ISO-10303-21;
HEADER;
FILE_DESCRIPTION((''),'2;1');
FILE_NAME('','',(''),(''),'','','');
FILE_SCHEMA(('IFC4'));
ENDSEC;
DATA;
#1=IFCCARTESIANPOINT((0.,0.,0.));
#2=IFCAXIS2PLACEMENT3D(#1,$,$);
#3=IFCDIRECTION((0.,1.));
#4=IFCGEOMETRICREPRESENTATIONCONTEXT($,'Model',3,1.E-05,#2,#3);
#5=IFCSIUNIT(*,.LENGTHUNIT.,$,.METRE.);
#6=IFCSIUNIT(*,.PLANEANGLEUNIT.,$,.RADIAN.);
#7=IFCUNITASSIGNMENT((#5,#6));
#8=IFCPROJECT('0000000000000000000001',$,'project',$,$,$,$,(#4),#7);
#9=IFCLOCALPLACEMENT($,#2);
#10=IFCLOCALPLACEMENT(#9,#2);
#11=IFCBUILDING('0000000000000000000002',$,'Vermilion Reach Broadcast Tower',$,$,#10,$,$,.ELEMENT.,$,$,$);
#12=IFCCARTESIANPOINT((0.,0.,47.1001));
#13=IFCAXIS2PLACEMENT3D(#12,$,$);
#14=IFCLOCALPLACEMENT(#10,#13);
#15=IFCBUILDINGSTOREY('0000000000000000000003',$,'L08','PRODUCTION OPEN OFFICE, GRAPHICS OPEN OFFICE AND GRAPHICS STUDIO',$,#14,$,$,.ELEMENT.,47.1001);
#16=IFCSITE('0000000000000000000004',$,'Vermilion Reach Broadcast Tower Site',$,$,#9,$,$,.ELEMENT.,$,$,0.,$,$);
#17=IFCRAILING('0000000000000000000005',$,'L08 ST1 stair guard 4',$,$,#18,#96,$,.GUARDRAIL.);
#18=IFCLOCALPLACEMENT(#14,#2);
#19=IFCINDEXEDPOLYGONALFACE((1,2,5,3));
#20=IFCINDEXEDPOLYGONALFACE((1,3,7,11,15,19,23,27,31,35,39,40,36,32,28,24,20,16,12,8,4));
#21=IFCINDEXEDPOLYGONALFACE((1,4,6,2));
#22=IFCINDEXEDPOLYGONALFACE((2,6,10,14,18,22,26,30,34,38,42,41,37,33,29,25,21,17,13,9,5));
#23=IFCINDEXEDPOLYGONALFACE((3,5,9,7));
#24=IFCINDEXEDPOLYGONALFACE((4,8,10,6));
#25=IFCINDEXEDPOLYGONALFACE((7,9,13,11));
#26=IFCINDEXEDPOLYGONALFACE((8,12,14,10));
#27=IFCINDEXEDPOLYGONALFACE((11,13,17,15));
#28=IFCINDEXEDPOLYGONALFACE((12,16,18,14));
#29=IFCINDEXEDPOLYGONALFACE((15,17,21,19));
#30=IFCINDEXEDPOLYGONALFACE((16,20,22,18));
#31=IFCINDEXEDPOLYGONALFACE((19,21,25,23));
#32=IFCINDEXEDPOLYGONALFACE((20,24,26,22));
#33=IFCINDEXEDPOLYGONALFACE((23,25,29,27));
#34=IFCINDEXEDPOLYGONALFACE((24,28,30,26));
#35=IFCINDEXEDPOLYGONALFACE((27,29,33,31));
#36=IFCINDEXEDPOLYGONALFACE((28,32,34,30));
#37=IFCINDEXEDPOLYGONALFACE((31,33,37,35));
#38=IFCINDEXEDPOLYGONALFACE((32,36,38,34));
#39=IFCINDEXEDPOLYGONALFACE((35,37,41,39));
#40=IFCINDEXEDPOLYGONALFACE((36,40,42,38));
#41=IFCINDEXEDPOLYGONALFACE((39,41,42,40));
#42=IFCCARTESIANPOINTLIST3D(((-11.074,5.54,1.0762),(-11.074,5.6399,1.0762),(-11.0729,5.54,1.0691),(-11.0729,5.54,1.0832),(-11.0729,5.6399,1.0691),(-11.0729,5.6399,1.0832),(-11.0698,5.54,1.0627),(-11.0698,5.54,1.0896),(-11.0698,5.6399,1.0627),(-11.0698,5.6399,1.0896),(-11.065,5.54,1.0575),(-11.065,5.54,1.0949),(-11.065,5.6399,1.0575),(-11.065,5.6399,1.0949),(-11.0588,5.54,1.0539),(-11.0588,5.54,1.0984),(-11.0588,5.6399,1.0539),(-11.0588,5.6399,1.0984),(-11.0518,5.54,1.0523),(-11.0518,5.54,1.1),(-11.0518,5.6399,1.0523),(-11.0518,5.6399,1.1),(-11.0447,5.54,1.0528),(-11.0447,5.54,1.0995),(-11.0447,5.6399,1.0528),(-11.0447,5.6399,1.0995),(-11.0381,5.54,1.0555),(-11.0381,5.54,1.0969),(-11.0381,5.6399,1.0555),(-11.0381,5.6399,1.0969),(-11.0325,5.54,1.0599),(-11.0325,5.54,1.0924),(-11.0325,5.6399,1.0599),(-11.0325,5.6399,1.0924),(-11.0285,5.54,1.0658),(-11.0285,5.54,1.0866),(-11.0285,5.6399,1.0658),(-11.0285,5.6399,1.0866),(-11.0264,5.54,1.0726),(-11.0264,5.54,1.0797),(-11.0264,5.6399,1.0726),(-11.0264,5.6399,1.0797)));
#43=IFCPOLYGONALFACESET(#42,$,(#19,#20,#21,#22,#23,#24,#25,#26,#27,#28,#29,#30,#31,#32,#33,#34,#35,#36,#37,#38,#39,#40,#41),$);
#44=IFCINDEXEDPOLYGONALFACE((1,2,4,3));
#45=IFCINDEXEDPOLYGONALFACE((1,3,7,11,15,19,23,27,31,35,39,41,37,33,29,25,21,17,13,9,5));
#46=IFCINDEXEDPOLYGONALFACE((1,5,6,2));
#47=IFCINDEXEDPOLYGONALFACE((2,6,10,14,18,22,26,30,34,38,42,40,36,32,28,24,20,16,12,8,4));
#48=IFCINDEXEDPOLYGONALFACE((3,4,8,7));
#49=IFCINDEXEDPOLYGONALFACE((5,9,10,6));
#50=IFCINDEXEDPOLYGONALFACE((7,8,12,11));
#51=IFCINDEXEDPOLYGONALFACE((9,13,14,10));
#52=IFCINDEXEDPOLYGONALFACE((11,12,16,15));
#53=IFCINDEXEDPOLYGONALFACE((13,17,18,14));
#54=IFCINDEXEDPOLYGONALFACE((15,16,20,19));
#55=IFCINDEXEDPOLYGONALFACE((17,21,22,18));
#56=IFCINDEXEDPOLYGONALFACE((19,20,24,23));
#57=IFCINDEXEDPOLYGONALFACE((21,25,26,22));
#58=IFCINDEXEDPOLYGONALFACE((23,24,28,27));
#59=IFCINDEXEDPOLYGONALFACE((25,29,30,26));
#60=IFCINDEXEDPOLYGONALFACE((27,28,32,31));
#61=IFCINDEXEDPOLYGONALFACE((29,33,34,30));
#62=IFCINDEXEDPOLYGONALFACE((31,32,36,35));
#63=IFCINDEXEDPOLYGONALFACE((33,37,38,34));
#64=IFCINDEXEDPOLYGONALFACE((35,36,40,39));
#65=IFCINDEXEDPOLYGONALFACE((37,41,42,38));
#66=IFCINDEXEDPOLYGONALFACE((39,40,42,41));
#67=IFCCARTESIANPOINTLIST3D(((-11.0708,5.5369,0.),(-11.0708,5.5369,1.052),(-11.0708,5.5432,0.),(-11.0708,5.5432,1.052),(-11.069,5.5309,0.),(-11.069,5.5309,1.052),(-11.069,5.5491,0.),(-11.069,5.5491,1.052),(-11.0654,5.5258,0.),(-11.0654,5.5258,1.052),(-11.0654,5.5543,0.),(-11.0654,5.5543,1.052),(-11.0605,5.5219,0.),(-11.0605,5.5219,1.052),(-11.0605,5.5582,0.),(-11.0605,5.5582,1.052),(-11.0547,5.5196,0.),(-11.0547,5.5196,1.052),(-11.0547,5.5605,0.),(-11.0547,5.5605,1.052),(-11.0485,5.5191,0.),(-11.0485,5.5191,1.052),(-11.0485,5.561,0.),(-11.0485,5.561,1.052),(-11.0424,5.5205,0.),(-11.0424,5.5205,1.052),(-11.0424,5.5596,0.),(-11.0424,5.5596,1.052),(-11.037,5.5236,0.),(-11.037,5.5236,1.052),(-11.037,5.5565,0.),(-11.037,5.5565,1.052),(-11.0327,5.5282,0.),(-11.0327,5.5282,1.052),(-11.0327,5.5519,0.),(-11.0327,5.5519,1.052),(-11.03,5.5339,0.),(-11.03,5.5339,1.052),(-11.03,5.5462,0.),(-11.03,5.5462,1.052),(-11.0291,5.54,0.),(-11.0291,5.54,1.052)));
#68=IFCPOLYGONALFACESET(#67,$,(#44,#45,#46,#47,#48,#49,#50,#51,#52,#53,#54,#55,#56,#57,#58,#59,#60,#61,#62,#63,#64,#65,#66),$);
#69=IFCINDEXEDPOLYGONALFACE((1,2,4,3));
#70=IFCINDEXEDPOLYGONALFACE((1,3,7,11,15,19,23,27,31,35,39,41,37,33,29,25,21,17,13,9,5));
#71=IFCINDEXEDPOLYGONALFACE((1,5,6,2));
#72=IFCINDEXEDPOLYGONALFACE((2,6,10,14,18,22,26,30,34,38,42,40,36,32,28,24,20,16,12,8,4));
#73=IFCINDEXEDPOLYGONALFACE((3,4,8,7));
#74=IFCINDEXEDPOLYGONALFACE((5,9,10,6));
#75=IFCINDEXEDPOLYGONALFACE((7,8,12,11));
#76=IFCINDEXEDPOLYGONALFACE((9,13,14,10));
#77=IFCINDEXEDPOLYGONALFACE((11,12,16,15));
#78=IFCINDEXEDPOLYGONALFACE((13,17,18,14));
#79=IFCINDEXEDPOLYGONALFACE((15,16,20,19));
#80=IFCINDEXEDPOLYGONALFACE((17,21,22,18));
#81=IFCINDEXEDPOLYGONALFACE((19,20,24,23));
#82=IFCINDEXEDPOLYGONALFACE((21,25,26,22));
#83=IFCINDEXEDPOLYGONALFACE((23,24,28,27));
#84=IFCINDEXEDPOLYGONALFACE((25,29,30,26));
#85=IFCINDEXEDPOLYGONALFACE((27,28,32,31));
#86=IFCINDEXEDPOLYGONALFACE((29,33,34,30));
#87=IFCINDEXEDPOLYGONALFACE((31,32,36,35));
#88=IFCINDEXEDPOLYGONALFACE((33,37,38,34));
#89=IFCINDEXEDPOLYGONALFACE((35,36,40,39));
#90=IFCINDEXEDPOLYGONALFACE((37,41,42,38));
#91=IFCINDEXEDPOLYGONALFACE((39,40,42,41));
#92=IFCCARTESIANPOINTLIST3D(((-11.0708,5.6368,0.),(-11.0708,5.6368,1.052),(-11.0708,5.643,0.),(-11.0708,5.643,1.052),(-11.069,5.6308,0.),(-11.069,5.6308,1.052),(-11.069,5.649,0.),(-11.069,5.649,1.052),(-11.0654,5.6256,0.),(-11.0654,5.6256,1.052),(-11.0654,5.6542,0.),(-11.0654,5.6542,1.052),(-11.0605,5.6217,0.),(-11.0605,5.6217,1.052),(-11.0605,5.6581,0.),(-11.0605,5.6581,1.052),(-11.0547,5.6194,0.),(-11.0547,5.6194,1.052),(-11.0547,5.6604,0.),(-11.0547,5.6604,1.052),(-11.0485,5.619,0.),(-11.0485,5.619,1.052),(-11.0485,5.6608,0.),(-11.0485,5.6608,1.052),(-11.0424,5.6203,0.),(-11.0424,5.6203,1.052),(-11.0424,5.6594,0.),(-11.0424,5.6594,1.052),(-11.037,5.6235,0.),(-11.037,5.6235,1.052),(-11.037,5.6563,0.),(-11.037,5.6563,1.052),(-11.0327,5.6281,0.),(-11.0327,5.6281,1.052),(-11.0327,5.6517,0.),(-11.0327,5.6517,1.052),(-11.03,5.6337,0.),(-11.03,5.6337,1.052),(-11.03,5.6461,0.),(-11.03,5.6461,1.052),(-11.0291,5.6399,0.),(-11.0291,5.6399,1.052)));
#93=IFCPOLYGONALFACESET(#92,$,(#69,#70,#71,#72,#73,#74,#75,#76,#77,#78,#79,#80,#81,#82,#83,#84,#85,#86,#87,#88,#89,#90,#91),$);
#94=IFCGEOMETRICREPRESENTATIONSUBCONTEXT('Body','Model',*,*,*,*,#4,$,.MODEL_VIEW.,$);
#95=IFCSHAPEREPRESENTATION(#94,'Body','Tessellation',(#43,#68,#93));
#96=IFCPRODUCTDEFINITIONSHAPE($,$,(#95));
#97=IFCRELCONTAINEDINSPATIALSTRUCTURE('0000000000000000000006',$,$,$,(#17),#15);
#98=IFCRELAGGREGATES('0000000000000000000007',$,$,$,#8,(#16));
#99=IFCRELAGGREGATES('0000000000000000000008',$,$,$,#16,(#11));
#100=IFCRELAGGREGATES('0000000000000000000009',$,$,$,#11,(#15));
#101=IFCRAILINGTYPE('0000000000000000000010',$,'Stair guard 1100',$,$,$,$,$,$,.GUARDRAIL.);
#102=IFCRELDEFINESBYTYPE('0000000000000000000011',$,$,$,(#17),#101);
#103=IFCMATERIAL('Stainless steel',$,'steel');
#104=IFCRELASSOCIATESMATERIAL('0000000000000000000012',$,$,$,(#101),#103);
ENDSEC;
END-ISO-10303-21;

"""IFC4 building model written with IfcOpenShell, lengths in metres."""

from ifc_helpers import new_model, si_unit, direction, frame, origin, origin_2d, place, context, subcontext, project, spatial, circle, extrude, material, type_object, element, save


model = new_model("IFC4")

# Units and contexts
model_context = context("Model", 3, precision=1e-05, world=origin(), true_north=direction((0.0, 1.0)))
body_context = subcontext(model_context, "Body", "Model", "MODEL_VIEW")
ifc_project = project(units=[si_unit("LENGTHUNIT", "METRE"), si_unit("PLANEANGLEUNIT", "RADIAN")], contexts=[model_context])

# Site, building, storey
site_placement = place(None, origin())
site = spatial("IfcSite", under=ifc_project, at=site_placement, Name="Vermilion Reach Broadcast Tower Site", CompositionType="ELEMENT", RefElevation=0.0)
building_placement = place(site_placement, origin())
building = spatial("IfcBuilding", under=site, at=building_placement, Name="Vermilion Reach Broadcast Tower", CompositionType="ELEMENT")
storey_placement = place(building_placement, frame((0.0, 0.0, 47.1001)))
storey = spatial("IfcBuildingStorey", under=building, at=storey_placement, Name="L08", Description="PRODUCTION OPEN OFFICE, GRAPHICS OPEN OFFICE AND GRAPHICS STUDIO", CompositionType="ELEMENT", Elevation=47.1001)

# Railing
ifc_material_1 = material(Name="Stainless steel", Category="steel")
railing_type_1 = type_object("IfcRailingType", Name="Stair guard 1100", PredefinedType="GUARDRAIL", material=ifc_material_1)
railing_1_placement = place(storey_placement, frame((-11.05, 5.54, 0.0)))
element("IfcRailing", 1, at=railing_1_placement, inside=storey, type_object=railing_type_1, Name="L08 ST1 stair guard 4", PredefinedType="GUARDRAIL", context=body_context, shape_type="SweptSolid", body=[
    extrude(circle(Radius=0.0239, at=origin_2d()), frame((0.0, 0.0, 1.0762), z_axis=(0.0, 1.0, 0.0), x_axis=(-1.0, 0.0, 0.0)), (0.0, 0.0, 1.0), 0.0999),
    extrude(circle(Radius=0.021, at=origin_2d()), origin(), (0.0, 0.0, 1.0), 1.052),
    extrude(circle(Radius=0.021, at=origin_2d()), frame((0.0, 0.0999, 0.0)), (0.0, 0.0, 1.0), 1.052),
])

save(model, "model.ifc")
